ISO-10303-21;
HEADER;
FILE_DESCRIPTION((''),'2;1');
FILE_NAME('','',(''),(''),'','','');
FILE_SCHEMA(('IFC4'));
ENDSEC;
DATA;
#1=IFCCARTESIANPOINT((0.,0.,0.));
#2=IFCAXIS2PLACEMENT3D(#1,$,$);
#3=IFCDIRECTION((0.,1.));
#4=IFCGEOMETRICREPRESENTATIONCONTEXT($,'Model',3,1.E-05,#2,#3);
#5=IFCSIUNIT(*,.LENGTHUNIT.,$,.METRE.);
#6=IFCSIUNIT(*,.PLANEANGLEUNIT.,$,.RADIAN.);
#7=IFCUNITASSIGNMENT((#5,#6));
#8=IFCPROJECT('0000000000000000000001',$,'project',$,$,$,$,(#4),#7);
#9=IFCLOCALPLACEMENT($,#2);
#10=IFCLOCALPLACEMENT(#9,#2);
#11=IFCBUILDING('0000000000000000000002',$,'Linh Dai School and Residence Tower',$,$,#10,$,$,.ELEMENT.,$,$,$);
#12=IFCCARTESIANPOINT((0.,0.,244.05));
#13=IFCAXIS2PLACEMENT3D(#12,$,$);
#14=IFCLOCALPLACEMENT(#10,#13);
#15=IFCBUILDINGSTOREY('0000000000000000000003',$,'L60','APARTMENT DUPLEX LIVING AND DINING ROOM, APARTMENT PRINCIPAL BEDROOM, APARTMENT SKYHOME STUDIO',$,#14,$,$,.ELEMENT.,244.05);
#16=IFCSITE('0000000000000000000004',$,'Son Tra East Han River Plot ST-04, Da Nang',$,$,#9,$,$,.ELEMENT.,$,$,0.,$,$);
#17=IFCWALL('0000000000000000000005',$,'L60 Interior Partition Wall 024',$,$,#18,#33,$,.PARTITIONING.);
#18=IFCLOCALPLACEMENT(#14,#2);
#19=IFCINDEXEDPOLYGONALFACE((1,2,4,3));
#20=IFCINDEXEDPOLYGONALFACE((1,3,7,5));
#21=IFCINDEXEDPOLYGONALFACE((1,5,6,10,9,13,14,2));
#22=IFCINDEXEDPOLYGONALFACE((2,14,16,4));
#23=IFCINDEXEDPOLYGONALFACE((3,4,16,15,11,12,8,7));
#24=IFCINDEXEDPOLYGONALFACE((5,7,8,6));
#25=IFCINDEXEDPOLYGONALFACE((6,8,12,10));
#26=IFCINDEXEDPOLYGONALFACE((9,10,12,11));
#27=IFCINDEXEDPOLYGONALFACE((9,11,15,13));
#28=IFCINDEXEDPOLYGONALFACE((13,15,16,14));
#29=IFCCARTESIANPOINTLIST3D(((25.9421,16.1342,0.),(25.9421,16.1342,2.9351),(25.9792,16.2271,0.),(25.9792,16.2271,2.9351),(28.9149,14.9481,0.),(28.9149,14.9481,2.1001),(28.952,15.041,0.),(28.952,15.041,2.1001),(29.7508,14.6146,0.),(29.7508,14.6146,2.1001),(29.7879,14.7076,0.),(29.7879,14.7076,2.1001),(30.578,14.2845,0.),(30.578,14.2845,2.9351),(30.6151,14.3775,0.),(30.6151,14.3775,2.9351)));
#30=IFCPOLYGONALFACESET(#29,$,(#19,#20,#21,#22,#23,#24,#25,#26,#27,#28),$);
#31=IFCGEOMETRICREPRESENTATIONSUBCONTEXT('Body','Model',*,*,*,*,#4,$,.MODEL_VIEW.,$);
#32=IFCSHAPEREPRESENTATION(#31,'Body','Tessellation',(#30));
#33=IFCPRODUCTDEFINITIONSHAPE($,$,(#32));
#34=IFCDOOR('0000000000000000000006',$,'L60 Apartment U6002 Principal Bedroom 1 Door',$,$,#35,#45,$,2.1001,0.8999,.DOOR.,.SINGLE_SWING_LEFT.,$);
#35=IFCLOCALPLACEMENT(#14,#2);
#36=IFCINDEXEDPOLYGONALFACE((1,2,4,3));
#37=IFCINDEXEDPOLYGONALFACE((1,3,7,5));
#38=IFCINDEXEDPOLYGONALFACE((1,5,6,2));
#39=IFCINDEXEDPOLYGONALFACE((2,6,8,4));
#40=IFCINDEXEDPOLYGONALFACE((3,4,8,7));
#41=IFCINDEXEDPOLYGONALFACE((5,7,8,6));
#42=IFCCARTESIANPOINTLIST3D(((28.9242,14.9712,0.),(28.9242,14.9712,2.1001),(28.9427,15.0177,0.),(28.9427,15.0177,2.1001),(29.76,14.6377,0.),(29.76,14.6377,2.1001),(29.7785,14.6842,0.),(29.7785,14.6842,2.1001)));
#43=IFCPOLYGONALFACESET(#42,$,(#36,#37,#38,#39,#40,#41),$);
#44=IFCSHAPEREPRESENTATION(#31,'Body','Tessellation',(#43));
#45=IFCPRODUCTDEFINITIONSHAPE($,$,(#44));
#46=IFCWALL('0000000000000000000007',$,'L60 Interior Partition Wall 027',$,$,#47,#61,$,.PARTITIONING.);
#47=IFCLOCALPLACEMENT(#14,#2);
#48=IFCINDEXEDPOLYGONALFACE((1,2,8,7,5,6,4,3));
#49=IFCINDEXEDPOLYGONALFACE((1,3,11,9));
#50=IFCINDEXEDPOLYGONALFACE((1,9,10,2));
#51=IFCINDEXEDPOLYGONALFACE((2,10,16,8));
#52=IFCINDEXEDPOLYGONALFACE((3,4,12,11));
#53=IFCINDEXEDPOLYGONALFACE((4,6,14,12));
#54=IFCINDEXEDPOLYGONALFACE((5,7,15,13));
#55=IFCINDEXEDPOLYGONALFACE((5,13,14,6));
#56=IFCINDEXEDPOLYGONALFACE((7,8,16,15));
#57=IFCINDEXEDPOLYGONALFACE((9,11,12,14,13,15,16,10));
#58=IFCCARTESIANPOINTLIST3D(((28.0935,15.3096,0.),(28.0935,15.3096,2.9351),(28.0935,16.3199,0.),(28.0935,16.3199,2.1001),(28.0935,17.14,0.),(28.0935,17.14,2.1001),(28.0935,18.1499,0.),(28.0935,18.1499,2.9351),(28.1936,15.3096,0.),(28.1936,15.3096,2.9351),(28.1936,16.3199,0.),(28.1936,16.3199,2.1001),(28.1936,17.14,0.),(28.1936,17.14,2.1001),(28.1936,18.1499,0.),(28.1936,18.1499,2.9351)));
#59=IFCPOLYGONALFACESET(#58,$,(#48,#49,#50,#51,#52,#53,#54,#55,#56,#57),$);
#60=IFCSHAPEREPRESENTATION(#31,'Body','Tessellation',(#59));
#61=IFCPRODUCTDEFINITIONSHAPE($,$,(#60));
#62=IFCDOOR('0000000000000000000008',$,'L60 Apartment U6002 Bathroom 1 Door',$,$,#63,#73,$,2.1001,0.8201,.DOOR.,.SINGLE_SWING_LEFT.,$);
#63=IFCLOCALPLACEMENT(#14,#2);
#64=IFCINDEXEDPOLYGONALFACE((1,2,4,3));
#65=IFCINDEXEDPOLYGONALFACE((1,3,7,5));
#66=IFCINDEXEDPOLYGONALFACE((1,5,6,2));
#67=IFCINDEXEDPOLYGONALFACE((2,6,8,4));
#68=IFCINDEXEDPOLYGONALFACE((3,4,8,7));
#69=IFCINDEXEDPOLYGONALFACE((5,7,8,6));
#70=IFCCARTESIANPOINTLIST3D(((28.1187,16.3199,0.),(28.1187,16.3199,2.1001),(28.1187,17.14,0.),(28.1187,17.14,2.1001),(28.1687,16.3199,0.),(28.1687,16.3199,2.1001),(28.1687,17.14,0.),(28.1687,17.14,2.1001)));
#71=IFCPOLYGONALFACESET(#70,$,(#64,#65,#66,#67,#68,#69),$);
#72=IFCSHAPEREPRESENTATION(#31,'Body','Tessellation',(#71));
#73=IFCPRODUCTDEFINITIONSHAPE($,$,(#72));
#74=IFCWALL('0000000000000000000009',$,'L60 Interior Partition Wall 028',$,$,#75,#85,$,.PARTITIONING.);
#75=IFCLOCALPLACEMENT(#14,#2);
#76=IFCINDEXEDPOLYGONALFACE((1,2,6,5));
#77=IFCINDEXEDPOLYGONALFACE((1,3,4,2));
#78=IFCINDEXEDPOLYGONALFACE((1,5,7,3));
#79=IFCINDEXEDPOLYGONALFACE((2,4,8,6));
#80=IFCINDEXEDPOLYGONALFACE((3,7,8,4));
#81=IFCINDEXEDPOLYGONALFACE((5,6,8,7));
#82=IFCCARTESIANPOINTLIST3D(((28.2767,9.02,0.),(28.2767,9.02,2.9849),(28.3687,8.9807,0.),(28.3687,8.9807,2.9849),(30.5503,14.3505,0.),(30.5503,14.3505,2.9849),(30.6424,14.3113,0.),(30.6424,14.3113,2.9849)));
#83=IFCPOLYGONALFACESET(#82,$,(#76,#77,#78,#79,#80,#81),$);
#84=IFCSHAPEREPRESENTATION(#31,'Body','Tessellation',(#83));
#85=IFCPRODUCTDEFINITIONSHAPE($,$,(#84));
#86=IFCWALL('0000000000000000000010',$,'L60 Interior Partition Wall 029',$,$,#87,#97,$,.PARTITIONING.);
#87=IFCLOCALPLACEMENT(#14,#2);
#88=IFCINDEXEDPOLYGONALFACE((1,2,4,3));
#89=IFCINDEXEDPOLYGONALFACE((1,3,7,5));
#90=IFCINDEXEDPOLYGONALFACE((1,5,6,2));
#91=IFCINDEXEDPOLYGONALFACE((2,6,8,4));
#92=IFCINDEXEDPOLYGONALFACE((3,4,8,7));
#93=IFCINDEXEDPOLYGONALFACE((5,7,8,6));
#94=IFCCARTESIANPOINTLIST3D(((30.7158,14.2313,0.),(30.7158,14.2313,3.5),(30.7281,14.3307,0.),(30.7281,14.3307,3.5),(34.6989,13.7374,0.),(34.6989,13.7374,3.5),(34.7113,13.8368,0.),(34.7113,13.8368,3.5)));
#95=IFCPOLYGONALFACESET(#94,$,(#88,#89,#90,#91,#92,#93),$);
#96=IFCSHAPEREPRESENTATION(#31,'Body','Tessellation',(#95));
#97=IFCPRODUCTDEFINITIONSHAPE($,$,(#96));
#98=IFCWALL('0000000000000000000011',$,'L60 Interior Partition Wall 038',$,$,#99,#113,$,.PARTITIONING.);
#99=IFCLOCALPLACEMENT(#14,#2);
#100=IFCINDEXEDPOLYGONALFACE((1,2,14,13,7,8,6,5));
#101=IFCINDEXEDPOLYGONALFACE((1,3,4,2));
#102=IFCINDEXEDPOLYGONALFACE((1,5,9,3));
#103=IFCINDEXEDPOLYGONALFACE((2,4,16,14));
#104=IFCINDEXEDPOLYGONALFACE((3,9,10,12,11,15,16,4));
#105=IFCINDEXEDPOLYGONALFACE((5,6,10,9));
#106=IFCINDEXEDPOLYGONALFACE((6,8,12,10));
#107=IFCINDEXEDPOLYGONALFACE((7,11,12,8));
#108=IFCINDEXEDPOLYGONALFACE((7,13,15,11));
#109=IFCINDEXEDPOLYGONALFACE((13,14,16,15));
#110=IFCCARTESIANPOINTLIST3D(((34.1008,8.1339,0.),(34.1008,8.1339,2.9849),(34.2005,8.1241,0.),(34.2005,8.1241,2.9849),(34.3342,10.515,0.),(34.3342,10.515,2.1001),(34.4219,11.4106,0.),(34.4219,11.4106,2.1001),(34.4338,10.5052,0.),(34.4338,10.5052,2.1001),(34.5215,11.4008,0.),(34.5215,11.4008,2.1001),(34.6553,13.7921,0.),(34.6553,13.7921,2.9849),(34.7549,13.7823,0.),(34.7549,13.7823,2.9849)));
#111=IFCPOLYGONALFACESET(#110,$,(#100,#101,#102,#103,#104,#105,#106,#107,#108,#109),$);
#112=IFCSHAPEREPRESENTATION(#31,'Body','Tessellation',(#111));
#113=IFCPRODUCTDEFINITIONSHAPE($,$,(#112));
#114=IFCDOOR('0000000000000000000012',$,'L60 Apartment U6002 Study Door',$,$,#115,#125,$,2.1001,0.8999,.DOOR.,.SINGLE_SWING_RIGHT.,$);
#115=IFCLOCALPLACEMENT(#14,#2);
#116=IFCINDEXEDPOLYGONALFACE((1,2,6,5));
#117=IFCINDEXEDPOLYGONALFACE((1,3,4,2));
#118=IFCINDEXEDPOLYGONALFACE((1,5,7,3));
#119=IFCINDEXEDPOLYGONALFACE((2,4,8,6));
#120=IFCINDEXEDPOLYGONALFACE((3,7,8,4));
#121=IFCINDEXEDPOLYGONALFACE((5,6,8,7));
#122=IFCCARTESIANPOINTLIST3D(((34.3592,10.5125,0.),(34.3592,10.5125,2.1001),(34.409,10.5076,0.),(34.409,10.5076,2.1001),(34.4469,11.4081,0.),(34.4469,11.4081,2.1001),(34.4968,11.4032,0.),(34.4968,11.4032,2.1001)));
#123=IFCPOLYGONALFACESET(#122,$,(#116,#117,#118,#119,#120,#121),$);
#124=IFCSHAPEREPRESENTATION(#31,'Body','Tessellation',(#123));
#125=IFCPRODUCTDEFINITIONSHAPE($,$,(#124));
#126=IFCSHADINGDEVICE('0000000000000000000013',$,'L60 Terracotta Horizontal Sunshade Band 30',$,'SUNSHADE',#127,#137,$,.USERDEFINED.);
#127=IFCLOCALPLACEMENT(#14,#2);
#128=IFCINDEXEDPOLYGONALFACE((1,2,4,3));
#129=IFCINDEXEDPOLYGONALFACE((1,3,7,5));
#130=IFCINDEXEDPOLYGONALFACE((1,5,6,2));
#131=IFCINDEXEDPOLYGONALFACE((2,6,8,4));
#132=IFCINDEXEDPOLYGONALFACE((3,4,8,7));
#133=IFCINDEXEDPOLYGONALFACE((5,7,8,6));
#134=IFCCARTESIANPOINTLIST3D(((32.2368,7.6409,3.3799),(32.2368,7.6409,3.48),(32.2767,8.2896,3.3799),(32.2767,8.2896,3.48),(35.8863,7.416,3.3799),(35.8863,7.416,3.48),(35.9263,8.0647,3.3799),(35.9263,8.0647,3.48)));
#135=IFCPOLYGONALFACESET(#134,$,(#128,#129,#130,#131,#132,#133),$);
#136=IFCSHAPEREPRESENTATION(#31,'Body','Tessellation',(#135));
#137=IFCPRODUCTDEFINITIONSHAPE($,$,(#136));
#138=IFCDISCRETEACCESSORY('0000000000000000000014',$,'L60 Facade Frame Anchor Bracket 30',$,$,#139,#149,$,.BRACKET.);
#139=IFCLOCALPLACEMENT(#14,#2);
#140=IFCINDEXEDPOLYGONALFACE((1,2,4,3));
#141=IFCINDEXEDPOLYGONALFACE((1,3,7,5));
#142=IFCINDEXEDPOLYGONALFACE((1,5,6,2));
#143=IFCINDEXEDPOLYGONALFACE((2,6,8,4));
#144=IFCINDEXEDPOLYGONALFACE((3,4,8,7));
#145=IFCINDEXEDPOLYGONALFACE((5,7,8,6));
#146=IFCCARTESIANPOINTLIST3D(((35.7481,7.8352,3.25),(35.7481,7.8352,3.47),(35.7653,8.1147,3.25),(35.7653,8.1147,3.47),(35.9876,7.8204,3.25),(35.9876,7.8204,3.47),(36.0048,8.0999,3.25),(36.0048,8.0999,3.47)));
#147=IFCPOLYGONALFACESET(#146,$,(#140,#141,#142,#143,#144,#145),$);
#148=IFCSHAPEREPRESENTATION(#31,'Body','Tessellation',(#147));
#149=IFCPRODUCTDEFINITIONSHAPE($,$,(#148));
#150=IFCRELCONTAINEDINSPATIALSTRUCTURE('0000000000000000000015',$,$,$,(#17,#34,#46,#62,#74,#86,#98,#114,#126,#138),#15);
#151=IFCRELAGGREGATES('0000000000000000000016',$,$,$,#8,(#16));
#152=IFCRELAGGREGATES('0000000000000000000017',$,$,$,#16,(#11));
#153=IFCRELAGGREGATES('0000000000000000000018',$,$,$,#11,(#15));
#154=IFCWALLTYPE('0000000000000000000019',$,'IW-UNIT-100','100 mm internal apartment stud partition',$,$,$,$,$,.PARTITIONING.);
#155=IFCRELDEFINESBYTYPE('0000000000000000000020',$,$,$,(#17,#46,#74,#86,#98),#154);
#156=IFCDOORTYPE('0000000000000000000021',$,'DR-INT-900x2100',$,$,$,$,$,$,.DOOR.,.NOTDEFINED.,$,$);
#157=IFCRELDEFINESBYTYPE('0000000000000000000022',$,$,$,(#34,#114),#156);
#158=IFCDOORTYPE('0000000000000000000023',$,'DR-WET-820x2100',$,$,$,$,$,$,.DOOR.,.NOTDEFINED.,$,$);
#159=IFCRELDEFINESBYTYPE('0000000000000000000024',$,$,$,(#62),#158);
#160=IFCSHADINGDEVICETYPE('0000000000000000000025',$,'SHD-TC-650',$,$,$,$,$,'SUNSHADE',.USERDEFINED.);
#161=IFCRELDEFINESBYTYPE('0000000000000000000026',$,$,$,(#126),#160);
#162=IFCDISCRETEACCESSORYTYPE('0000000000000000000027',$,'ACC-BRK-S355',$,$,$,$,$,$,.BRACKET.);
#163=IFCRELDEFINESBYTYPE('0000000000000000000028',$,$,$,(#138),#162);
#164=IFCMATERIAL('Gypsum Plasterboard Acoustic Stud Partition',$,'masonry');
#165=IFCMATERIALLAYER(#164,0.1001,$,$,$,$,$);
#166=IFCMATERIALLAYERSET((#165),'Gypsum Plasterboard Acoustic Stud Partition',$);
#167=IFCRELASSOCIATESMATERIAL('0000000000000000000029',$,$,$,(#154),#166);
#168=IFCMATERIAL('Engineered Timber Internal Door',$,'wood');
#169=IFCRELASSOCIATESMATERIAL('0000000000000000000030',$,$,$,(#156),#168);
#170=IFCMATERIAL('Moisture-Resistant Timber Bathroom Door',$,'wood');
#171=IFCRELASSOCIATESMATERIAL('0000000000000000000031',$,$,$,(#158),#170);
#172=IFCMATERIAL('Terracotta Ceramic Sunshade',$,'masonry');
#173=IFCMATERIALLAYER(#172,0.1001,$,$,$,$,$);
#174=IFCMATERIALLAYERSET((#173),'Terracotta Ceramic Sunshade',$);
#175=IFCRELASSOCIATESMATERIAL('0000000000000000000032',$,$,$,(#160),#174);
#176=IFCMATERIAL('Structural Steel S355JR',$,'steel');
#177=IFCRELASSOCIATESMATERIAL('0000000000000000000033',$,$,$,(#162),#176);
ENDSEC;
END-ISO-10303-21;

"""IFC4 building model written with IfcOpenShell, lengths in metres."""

from ifc_helpers import new_model, si_unit, direction, frame, frame_2d, origin, origin_2d, place, context, subcontext, project, spatial, rectangle, extrude, source, transform, mapped, material, layer, layer_set, type_object, element, fill, save


model = new_model("IFC4")

# Units and contexts
model_context = context("Model", 3, precision=1e-05, world=origin(), true_north=direction((0.0, 1.0)))
body_context = subcontext(model_context, "Body", "Model", "MODEL_VIEW")
ifc_project = project(units=[si_unit("LENGTHUNIT", "METRE"), si_unit("PLANEANGLEUNIT", "RADIAN")], contexts=[model_context])

# Site, building, storey
site_placement = place(None, origin())
site = spatial("IfcSite", under=ifc_project, at=site_placement, Name="Son Tra East Han River Plot ST-04, Da Nang", CompositionType="ELEMENT", RefElevation=0.0)
building_placement = place(site_placement, origin())
building = spatial("IfcBuilding", under=site, at=building_placement, Name="Linh Dai School and Residence Tower", CompositionType="ELEMENT")
storey_placement = place(building_placement, frame((0.0, 0.0, 244.05)))
storey = spatial("IfcBuildingStorey", under=building, at=storey_placement, Name="L60", Description="APARTMENT DUPLEX LIVING AND DINING ROOM, APARTMENT PRINCIPAL BEDROOM, APARTMENT SKYHOME STUDIO", CompositionType="ELEMENT", Elevation=244.05)

# Shared definitions
ifc_material_1 = material(Name="Structural Steel S355JR", Category="steel")

# Walls, openings, doors
ifc_material_2 = material(Name="Gypsum Plasterboard Acoustic Stud Partition", Category="masonry")
ifc_layer_1 = layer(ifc_material_2, 0.1001)
ifc_layer_set_1 = layer_set([ifc_layer_1], Name="Gypsum Plasterboard Acoustic Stud Partition")
wall_type_1 = type_object("IfcWallType", Name="IW-UNIT-100", Description="100 mm internal apartment stud partition", PredefinedType="PARTITIONING", material=ifc_layer_set_1)
wall_1_placement = place(storey_placement, frame((25.9607, 16.1807, 0.0), z_axis=(0.0, 0.0, 1.0), x_axis=(0.9288, -0.370581, 0.0)))
wall_1 = element("IfcWall", 1, at=wall_1_placement, inside=storey, type_object=wall_type_1, Name="L60 Interior Partition Wall 024", PredefinedType="PARTITIONING", context=body_context, shape_type="SweptSolid", body=[
    extrude(rectangle(XDim=4.9912, YDim=0.1001, at=frame_2d((2.4956, 0.0))), origin(), (0.0, 0.0, 1.0), 2.9351),
])
opening_1_placement = place(wall_1_placement, frame((3.2007, 0.0, 0.0)))
opening_1 = element("IfcOpeningElement", 2, at=opening_1_placement, cuts=wall_1, PredefinedType="OPENING", context=body_context, shape_type="SweptSolid", body=[
    extrude(rectangle(XDim=0.8999, YDim=2.1001, at=origin_2d()), frame((0.45, 0.0601, 1.05), z_axis=(0.0, -1.0, 0.0), x_axis=(1.0, 0.0, 0.0)), (0.0, 0.0, 1.0), 0.1201),
])
ifc_material_3 = material(Name="Engineered Timber Internal Door", Category="wood")
door_type_1 = type_object("IfcDoorType", Name="DR-INT-900x2100", OperationType="NOTDEFINED", PredefinedType="DOOR", material=ifc_material_3)
shared_shape_1 = source(origin(), body_context, "Body", "SweptSolid", [
    extrude(rectangle(XDim=0.8999, YDim=2.1001, at=origin_2d()), frame((0.45, 0.0249, 1.05), z_axis=(0.0, -1.0, 0.0), x_axis=(1.0, 0.0, 0.0)), (0.0, 0.0, 1.0), 0.05),
])
door_1_placement = place(opening_1_placement, origin())
door_1 = element("IfcDoor", 3, at=door_1_placement, inside=storey, type_object=door_type_1, Name="L60 Apartment U6002 Principal Bedroom 1 Door", OperationType="SINGLE_SWING_LEFT", OverallHeight=2.1001, OverallWidth=0.8999, PredefinedType="DOOR", context=body_context, shape_type="MappedRepresentation", body=[
    mapped(shared_shape_1, transform((0.0, 0.0, 0.0), x_axis=(1.0, 0.0, 0.0), y_axis=(0.0, 1.0, 0.0), z_axis=(0.0, 0.0, 1.0), scale=1.0)),
])
fill(opening_1, door_1)
wall_2_placement = place(storey_placement, frame((28.1436, 15.3096, 0.0), z_axis=(0.0, 0.0, 1.0), x_axis=(0.0, 1.0, 0.0)))
wall_2 = element("IfcWall", 4, at=wall_2_placement, inside=storey, type_object=wall_type_1, Name="L60 Interior Partition Wall 027", PredefinedType="PARTITIONING", context=body_context, shape_type="SweptSolid", body=[
    extrude(rectangle(XDim=2.8403, YDim=0.1001, at=frame_2d((1.4202, 0.0))), origin(), (0.0, 0.0, 1.0), 2.9351),
])
opening_2_placement = place(wall_2_placement, frame((1.0103, 0.0, 0.0)))
opening_2 = element("IfcOpeningElement", 5, at=opening_2_placement, cuts=wall_2, PredefinedType="OPENING", context=body_context, shape_type="SweptSolid", body=[
    extrude(rectangle(XDim=0.8201, YDim=2.1001, at=origin_2d()), frame((0.4102, 0.0601, 1.05), z_axis=(0.0, -1.0, 0.0), x_axis=(1.0, 0.0, 0.0)), (0.0, 0.0, 1.0), 0.1201),
])
ifc_material_4 = material(Name="Moisture-Resistant Timber Bathroom Door", Category="wood")
door_type_2 = type_object("IfcDoorType", Name="DR-WET-820x2100", OperationType="NOTDEFINED", PredefinedType="DOOR", material=ifc_material_4)
shared_shape_2 = source(origin(), body_context, "Body", "SweptSolid", [
    extrude(rectangle(XDim=0.8201, YDim=2.1001, at=origin_2d()), frame((0.4102, 0.0249, 1.05), z_axis=(0.0, -1.0, 0.0), x_axis=(1.0, 0.0, 0.0)), (0.0, 0.0, 1.0), 0.05),
])
door_2_placement = place(opening_2_placement, origin())
door_2 = element("IfcDoor", 6, at=door_2_placement, inside=storey, type_object=door_type_2, Name="L60 Apartment U6002 Bathroom 1 Door", OperationType="SINGLE_SWING_LEFT", OverallHeight=2.1001, OverallWidth=0.8201, PredefinedType="DOOR", context=body_context, shape_type="MappedRepresentation", body=[
    mapped(shared_shape_2, transform((0.0, 0.0, 0.0), x_axis=(1.0, 0.0, 0.0), y_axis=(0.0, 1.0, 0.0), z_axis=(0.0, 0.0, 1.0), scale=1.0)),
])
fill(opening_2, door_2)

# Walls
wall_3_placement = place(storey_placement, frame((28.3228, 9.0005, 0.0), z_axis=(0.0, 0.0, 1.0), x_axis=(0.392337, 0.919821, 0.0)))
element("IfcWall", 7, at=wall_3_placement, inside=storey, type_object=wall_type_1, Name="L60 Interior Partition Wall 028", PredefinedType="PARTITIONING", context=body_context, shape_type="SweptSolid", body=[
    extrude(rectangle(XDim=5.7952, YDim=0.1001, at=frame_2d((2.8975, 0.0))), origin(), (0.0, 0.0, 1.0), 2.9849),
])
wall_4_placement = place(storey_placement, frame((30.7219, 14.281, 0.0), z_axis=(0.0, 0.0, 1.0), x_axis=(0.9924, -0.123054, 0.0)))
element("IfcWall", 8, at=wall_4_placement, inside=storey, type_object=wall_type_1, Name="L60 Interior Partition Wall 029", PredefinedType="PARTITIONING", context=body_context, shape_type="SweptSolid", body=[
    extrude(rectangle(XDim=4.0137, YDim=0.1001, at=frame_2d((2.0068, 0.0))), origin(), (0.0, 0.0, 1.0), 3.5),
])

# Wall, opening, door
wall_5_placement = place(storey_placement, frame((34.1506, 8.1289, 0.0), z_axis=(0.0, 0.0, 1.0), x_axis=(0.097522, 0.995233, 0.0)))
wall_5 = element("IfcWall", 9, at=wall_5_placement, inside=storey, type_object=wall_type_1, Name="L60 Interior Partition Wall 038", PredefinedType="PARTITIONING", context=body_context, shape_type="SweptSolid", body=[
    extrude(rectangle(XDim=5.6853, YDim=0.1001, at=frame_2d((2.8428, 0.0))), origin(), (0.0, 0.0, 1.0), 2.9849),
])
opening_3_placement = place(wall_5_placement, frame((2.3926, 0.0, 0.0)))
opening_3 = element("IfcOpeningElement", 10, at=opening_3_placement, cuts=wall_5, PredefinedType="OPENING", context=body_context, shape_type="SweptSolid", body=[
    extrude(rectangle(XDim=0.8999, YDim=2.1001, at=origin_2d()), frame((0.45, 0.0601, 1.05), z_axis=(0.0, -1.0, 0.0), x_axis=(1.0, 0.0, 0.0)), (0.0, 0.0, 1.0), 0.1201),
])
door_3_placement = place(opening_3_placement, origin())
door_3 = element("IfcDoor", 11, at=door_3_placement, inside=storey, type_object=door_type_1, Name="L60 Apartment U6002 Study Door", OperationType="SINGLE_SWING_RIGHT", OverallHeight=2.1001, OverallWidth=0.8999, PredefinedType="DOOR", context=body_context, shape_type="MappedRepresentation", body=[
    mapped(shared_shape_1, transform((0.0, 0.0, 0.0), x_axis=(1.0, 0.0, 0.0), y_axis=(0.0, 1.0, 0.0), z_axis=(0.0, 0.0, 1.0), scale=1.0)),
])
fill(opening_3, door_3)

# Shading device
ifc_material_5 = material(Name="Terracotta Ceramic Sunshade", Category="masonry")
ifc_layer_2 = layer(ifc_material_5, 0.1001)
ifc_layer_set_2 = layer_set([ifc_layer_2], Name="Terracotta Ceramic Sunshade")
shading_device_type = type_object("IfcShadingDeviceType", Name="SHD-TC-650", ElementType="SUNSHADE", PredefinedType="USERDEFINED", material=ifc_layer_set_2)
shared_shape_3 = source(origin(), body_context, "Body", "SweptSolid", [
    extrude(rectangle(XDim=3.6565, YDim=0.6499, at=origin_2d()), origin(), (0.0, 0.0, 1.0), 0.1001),
])
shading_device_placement = place(storey_placement, frame((34.0815, 7.8528, 3.3799), z_axis=(0.0, 0.0, 1.0), x_axis=(-0.998107, 0.061504, 0.0)))
element("IfcShadingDevice", 12, at=shading_device_placement, inside=storey, type_object=shading_device_type, Name="L60 Terracotta Horizontal Sunshade Band 30", ObjectType="SUNSHADE", PredefinedType="USERDEFINED", context=body_context, shape_type="MappedRepresentation", body=[
    mapped(shared_shape_3, transform((0.0, 0.0, 0.0), x_axis=(1.0, 0.0, 0.0), y_axis=(0.0, 1.0, 0.0), z_axis=(0.0, 0.0, 1.0), scale=1.0)),
])

# Discrete accessory
discrete_accessory_type = type_object("IfcDiscreteAccessoryType", Name="ACC-BRK-S355", PredefinedType="BRACKET", material=ifc_material_1)
shared_shape_4 = source(origin(), body_context, "Body", "SweptSolid", [
    extrude(rectangle(XDim=0.28, YDim=0.24, at=origin_2d()), origin(), (0.0, 0.0, 1.0), 0.22),
])
discrete_accessory_placement = place(storey_placement, frame((35.8765, 7.9675, 3.25), z_axis=(0.0, 0.0, 1.0), x_axis=(-0.061504, -0.998107, 0.0)))
element("IfcDiscreteAccessory", 13, at=discrete_accessory_placement, inside=storey, type_object=discrete_accessory_type, Name="L60 Facade Frame Anchor Bracket 30", PredefinedType="BRACKET", context=body_context, shape_type="MappedRepresentation", body=[
    mapped(shared_shape_4, transform((0.0, 0.0, 0.0), x_axis=(1.0, 0.0, 0.0), y_axis=(0.0, 1.0, 0.0), z_axis=(0.0, 0.0, 1.0), scale=1.0)),
])

save(model, "model.ifc")
